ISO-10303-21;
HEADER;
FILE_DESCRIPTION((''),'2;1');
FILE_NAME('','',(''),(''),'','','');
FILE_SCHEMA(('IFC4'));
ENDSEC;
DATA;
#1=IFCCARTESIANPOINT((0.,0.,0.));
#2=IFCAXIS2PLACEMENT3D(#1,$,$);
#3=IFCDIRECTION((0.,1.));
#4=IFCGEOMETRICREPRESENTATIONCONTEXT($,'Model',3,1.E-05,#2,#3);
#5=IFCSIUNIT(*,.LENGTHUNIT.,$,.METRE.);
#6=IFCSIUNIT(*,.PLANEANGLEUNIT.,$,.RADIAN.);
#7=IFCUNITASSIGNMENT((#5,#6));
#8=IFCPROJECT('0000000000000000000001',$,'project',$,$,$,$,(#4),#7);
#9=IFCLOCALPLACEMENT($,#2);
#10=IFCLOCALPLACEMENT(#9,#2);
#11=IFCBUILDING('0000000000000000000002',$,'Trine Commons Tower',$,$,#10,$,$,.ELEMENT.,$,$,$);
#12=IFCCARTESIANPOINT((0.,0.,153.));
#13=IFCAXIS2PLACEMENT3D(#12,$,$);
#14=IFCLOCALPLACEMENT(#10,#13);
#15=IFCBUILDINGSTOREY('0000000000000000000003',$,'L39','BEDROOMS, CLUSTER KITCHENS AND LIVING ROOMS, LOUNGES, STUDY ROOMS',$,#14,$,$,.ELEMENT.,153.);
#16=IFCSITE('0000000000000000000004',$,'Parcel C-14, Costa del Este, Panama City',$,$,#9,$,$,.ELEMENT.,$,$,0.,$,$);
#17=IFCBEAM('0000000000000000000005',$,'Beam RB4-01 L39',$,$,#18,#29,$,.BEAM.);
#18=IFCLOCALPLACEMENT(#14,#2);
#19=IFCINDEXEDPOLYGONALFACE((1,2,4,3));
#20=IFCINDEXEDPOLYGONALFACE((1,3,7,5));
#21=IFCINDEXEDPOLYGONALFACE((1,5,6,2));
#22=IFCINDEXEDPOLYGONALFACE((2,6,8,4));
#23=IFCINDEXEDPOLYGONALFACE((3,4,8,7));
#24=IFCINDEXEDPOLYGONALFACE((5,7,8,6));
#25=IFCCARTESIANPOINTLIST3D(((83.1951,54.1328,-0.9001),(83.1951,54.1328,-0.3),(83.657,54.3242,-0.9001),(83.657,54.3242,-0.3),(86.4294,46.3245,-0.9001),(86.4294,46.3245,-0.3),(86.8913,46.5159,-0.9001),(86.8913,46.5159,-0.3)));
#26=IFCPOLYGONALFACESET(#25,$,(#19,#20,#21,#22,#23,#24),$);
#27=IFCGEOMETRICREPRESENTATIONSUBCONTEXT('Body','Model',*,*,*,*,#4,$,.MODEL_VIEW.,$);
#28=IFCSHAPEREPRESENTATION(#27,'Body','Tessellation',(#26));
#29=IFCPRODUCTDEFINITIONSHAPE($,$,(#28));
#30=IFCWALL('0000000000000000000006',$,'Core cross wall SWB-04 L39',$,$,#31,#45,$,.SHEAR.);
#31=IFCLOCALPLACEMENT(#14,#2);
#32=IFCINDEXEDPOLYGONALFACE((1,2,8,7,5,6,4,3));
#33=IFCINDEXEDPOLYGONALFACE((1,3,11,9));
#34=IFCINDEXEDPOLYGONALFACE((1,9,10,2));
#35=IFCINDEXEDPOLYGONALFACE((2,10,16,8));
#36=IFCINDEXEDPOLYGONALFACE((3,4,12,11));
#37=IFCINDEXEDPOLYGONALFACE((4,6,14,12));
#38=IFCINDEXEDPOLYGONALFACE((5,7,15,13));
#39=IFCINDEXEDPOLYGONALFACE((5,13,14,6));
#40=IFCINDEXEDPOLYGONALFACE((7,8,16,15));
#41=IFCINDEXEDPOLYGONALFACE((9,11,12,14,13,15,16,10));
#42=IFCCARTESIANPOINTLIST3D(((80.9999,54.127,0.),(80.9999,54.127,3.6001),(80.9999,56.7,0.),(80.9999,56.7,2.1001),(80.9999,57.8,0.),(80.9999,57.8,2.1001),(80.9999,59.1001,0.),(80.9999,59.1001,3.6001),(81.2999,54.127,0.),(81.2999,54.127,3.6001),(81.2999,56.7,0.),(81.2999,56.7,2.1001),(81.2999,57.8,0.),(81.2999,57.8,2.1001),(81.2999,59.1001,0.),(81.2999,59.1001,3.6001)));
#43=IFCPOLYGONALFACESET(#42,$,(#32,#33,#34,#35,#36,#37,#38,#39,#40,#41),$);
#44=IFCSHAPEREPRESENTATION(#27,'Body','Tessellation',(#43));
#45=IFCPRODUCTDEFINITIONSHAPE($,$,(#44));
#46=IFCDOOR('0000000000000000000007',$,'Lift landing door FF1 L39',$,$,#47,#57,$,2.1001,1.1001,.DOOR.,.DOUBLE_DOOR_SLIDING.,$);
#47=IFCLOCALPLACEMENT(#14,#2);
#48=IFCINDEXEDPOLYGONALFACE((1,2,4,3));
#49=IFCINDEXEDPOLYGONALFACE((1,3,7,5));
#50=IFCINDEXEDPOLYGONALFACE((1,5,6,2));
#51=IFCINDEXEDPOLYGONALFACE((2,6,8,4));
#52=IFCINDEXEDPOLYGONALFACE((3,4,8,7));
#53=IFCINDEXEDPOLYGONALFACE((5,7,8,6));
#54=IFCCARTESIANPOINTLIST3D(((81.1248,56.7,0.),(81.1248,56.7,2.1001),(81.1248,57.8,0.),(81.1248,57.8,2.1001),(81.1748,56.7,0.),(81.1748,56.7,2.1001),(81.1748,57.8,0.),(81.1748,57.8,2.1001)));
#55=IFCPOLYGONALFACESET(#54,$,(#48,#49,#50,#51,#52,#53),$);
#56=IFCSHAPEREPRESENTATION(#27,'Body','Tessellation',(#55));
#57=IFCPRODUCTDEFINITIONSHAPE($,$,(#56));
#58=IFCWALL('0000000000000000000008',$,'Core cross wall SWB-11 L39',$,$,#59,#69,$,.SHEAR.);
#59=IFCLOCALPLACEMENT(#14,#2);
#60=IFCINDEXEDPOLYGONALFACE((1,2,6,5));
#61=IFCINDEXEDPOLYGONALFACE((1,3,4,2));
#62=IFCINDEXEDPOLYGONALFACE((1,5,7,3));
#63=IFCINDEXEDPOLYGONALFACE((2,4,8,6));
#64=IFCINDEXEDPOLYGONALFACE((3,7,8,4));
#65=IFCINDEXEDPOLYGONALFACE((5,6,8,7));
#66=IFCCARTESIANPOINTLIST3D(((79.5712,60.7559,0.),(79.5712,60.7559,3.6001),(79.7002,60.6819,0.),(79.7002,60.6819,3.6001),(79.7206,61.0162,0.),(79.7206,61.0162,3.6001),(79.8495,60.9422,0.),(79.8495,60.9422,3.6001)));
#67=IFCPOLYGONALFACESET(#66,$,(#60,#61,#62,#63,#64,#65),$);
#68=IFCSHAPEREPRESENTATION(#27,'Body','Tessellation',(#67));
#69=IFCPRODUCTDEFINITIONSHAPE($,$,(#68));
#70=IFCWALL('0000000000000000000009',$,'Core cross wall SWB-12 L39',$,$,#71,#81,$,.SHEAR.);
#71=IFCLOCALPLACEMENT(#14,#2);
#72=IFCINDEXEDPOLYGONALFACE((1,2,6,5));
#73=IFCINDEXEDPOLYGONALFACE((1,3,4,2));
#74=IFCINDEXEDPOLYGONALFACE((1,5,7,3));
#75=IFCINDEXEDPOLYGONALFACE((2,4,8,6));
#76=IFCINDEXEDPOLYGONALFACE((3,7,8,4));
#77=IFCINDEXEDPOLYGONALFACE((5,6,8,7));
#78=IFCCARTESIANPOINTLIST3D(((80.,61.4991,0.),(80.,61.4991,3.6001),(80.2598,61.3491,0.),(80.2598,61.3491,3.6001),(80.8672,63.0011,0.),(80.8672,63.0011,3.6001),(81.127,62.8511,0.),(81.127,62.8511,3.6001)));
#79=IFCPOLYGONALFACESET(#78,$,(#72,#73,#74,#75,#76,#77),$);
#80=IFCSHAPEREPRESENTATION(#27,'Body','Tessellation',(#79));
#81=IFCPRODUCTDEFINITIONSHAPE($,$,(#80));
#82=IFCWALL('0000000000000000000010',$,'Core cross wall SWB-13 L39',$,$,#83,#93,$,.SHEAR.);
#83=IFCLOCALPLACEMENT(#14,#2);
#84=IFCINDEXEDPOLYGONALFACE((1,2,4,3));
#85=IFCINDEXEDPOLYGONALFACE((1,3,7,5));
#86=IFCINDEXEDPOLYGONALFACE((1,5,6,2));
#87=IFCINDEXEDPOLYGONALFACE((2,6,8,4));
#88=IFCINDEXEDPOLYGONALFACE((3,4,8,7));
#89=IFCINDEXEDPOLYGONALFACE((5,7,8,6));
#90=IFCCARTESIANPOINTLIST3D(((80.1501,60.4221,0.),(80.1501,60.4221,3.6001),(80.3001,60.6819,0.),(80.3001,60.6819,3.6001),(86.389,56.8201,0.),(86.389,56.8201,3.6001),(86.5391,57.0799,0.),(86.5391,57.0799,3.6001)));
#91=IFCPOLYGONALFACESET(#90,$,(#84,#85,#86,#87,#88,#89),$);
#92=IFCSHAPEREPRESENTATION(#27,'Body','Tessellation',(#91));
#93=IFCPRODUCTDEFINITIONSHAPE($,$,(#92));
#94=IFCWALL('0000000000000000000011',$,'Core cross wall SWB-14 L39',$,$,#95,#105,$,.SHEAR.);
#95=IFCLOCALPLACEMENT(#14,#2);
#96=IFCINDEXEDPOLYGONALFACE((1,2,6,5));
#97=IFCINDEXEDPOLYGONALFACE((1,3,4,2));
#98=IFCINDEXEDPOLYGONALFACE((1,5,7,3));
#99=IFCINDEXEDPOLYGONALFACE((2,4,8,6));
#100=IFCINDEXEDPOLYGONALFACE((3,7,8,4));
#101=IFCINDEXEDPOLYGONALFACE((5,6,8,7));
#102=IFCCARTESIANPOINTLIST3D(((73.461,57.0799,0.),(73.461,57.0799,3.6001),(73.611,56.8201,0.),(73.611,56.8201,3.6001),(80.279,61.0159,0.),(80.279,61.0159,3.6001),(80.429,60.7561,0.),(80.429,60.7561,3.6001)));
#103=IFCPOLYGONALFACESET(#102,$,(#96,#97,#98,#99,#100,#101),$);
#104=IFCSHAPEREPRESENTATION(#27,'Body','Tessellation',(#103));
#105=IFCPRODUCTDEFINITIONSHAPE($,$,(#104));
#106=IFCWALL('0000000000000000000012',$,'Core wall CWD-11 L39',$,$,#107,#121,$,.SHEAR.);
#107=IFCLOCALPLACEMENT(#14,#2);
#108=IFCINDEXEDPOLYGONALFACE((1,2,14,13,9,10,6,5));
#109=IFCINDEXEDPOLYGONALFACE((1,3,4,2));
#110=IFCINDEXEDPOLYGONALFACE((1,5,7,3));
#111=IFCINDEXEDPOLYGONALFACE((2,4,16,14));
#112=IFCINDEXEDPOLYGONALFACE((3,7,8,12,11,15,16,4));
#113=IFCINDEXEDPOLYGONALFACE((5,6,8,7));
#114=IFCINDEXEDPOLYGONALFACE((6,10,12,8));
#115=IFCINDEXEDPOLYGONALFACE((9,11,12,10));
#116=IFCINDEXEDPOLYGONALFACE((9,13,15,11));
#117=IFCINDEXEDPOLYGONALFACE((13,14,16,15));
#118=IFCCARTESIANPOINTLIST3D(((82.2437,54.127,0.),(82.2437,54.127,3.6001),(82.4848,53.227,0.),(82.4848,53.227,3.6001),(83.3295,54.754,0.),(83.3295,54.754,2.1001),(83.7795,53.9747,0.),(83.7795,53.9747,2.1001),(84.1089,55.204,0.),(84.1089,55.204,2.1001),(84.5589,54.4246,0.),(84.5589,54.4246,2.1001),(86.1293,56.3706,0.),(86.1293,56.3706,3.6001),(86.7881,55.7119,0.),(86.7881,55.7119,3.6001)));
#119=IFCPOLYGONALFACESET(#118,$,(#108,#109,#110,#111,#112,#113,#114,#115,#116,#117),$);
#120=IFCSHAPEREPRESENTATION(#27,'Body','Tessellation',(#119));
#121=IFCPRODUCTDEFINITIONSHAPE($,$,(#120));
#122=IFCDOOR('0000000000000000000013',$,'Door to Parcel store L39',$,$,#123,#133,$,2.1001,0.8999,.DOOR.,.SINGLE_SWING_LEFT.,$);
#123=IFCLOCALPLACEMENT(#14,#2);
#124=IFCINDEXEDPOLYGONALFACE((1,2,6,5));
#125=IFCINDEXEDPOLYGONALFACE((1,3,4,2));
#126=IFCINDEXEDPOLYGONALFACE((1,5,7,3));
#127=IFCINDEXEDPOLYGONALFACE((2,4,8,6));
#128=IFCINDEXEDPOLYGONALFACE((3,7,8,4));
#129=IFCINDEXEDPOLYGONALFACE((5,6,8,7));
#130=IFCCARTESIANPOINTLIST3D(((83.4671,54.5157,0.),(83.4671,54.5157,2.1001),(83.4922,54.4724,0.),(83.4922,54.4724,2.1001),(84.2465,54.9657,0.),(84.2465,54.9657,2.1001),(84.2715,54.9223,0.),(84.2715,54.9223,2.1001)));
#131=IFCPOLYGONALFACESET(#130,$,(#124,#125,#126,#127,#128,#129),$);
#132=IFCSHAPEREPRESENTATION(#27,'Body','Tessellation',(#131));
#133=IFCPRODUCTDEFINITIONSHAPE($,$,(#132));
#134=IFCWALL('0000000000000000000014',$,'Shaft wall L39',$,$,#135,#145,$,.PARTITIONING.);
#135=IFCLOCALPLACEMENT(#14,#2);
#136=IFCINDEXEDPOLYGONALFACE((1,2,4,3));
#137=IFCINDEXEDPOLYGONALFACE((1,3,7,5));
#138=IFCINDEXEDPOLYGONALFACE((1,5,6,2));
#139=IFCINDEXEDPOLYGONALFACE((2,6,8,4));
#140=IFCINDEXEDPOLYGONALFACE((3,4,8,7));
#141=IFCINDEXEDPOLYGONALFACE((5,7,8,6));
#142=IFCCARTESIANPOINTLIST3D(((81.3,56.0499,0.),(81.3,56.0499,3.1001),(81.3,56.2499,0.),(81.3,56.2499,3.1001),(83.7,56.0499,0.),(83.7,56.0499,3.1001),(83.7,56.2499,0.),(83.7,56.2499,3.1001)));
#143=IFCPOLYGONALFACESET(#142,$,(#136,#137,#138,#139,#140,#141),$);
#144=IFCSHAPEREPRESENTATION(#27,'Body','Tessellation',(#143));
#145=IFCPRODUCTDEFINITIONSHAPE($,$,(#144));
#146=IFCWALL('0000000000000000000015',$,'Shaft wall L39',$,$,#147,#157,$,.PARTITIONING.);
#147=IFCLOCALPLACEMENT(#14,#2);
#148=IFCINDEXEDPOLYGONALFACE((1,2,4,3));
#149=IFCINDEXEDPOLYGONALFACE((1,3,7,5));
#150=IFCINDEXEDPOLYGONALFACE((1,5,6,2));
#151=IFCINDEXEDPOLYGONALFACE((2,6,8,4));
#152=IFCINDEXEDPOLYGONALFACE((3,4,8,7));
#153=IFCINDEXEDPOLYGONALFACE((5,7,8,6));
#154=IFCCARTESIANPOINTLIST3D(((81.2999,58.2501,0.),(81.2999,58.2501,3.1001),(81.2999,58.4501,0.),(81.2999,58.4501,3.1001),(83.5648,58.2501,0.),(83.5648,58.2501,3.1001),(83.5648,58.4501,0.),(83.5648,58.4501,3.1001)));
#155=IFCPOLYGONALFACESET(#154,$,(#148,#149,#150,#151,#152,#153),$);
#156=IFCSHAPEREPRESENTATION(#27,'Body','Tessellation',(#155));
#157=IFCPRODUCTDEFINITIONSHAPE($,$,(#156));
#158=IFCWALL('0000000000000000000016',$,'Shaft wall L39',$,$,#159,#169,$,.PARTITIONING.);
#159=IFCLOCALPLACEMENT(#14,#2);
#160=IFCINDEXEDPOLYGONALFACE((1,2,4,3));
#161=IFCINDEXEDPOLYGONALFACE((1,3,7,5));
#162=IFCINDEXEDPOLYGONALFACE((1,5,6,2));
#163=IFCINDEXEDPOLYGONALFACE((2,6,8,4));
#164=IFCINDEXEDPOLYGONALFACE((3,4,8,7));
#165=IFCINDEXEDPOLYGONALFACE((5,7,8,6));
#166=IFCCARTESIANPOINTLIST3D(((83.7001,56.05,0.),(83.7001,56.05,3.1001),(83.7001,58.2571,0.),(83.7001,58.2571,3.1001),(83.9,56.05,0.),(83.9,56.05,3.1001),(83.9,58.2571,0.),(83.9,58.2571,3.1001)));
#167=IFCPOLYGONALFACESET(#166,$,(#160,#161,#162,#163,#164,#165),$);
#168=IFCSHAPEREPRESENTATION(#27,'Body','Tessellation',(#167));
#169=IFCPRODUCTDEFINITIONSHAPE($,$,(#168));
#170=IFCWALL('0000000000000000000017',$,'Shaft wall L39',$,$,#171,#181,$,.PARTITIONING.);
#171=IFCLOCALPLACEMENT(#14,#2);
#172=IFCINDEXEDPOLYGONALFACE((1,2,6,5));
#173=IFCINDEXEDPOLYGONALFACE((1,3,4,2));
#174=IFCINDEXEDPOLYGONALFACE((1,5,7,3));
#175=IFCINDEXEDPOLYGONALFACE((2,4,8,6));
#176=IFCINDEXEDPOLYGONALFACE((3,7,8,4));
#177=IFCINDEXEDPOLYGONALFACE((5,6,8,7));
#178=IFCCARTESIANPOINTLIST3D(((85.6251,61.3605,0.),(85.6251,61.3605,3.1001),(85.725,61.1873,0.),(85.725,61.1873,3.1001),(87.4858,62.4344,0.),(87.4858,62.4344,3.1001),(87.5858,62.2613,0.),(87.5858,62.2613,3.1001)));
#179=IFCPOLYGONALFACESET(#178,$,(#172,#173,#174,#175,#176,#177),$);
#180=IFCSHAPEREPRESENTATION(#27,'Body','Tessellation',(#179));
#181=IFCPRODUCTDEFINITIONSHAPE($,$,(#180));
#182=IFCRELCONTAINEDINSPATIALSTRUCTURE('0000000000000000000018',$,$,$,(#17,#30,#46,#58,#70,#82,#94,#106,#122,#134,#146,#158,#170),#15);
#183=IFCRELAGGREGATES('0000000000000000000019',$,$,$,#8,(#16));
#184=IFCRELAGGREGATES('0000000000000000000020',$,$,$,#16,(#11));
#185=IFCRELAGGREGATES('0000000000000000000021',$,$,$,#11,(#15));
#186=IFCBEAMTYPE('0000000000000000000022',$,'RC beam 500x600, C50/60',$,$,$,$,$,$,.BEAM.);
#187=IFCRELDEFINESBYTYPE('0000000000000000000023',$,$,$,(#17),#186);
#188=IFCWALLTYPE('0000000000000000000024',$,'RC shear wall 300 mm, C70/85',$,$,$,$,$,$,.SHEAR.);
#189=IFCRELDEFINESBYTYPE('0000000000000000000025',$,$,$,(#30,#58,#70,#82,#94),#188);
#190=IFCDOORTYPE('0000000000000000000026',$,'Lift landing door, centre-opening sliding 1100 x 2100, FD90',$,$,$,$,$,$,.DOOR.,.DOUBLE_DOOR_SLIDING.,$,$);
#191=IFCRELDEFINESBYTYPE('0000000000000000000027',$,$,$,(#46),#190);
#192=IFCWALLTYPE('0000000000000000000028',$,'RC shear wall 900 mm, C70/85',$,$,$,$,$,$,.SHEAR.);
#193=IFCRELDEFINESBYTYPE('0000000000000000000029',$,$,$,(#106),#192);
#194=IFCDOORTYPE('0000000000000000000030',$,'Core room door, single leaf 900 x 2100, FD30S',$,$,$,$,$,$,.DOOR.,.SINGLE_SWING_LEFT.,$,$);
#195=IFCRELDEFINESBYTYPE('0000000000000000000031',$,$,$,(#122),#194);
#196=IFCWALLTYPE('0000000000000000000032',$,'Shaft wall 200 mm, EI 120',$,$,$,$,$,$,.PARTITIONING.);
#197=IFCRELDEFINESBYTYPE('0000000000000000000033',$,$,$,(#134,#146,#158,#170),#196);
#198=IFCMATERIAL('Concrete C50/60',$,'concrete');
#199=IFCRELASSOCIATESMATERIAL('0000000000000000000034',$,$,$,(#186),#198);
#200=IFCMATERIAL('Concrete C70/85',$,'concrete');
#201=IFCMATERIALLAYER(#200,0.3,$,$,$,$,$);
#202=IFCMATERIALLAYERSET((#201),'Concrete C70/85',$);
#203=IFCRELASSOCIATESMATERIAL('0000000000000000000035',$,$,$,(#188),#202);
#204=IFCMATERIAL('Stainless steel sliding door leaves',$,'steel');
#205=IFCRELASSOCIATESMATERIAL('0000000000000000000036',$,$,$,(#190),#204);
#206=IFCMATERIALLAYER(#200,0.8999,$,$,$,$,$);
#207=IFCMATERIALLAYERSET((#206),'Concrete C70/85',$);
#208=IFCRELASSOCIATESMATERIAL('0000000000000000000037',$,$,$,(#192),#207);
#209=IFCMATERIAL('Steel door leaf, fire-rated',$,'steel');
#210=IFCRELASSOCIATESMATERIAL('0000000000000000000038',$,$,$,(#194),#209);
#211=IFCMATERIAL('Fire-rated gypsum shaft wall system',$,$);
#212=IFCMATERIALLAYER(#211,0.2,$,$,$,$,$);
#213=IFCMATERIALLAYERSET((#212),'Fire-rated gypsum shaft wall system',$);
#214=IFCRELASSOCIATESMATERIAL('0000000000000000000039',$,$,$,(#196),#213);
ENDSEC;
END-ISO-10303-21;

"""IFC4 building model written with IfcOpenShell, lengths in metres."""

from ifc_helpers import new_model, si_unit, direction, frame, frame_2d, origin, origin_2d, place, context, subcontext, project, spatial, polyline, rectangle, outline, extrude, material, layer, layer_set, material_profile, profile_set, type_object, element, fill, save


model = new_model("IFC4")

# Units and contexts
model_context = context("Model", 3, precision=1e-05, world=origin(), true_north=direction((0.0, 1.0)))
body_context = subcontext(model_context, "Body", "Model", "MODEL_VIEW")
ifc_project = project(units=[si_unit("LENGTHUNIT", "METRE"), si_unit("PLANEANGLEUNIT", "RADIAN")], contexts=[model_context])

# Site, building, storey
site_placement = place(None, origin())
site = spatial("IfcSite", under=ifc_project, at=site_placement, Name="Parcel C-14, Costa del Este, Panama City", CompositionType="ELEMENT", RefElevation=0.0)
building_placement = place(site_placement, origin())
building = spatial("IfcBuilding", under=site, at=building_placement, Name="Trine Commons Tower", CompositionType="ELEMENT")
storey_placement = place(building_placement, frame((0.0, 0.0, 153.0)))
storey = spatial("IfcBuildingStorey", under=building, at=storey_placement, Name="L39", Description="BEDROOMS, CLUSTER KITCHENS AND LIVING ROOMS, LOUNGES, STUDY ROOMS", CompositionType="ELEMENT", Elevation=153.0)

# Beam
ifc_material_1 = material(Name="Concrete C50/60", Category="concrete")
ifc_material_profile = material_profile(ifc_material_1, rectangle(XDim=0.5, YDim=0.6001, at=origin_2d()), Name="RC 500x600")
ifc_profile_set = profile_set([ifc_material_profile], Name="Concrete C50/60")
beam_type = type_object("IfcBeamType", Name="RC beam 500x600, C50/60", PredefinedType="BEAM", material=ifc_profile_set)
beam_placement = place(storey_placement, frame((83.426, 54.2285, -0.6001), z_axis=(0.382689, -0.923877, 0.0), x_axis=(0.923877, 0.382689, 0.0)))
element("IfcBeam", 1, at=beam_placement, inside=storey, type_object=beam_type, Name="Beam RB4-01 L39", PredefinedType="BEAM", context=body_context, shape_type="SweptSolid", body=[
    extrude(rectangle(XDim=0.5, YDim=0.6001, at=origin_2d()), origin(), (0.0, 0.0, 1.0), 8.4517),
])

# Wall, opening, door
ifc_material_2 = material(Name="Concrete C70/85", Category="concrete")
ifc_layer_1 = layer(ifc_material_2, 0.3)
ifc_layer_set_1 = layer_set([ifc_layer_1], Name="Concrete C70/85")
wall_type_1 = type_object("IfcWallType", Name="RC shear wall 300 mm, C70/85", PredefinedType="SHEAR", material=ifc_layer_set_1)
wall_1_placement = place(storey_placement, frame((81.1499, 59.1001, 0.0), z_axis=(0.0, 0.0, 1.0), x_axis=(0.0, -1.0, 0.0)))
wall_1 = element("IfcWall", 2, at=wall_1_placement, inside=storey, type_object=wall_type_1, Name="Core cross wall SWB-04 L39", PredefinedType="SHEAR", context=body_context, shape_type="SweptSolid", body=[
    extrude(rectangle(XDim=4.9731, YDim=0.3, at=frame_2d((2.4866, 0.0))), origin(), (0.0, 0.0, 1.0), 3.6001),
])
opening_1_placement = place(wall_1_placement, frame((1.3, 0.0, 0.0)))
opening_1 = element("IfcOpeningElement", 3, at=opening_1_placement, cuts=wall_1, PredefinedType="OPENING", context=body_context, shape_type="SweptSolid", body=[
    extrude(rectangle(XDim=1.1001, YDim=2.1001, at=frame_2d((0.55, 1.05))), frame((0.0, 0.1599, 0.0), z_axis=(0.0, -1.0, 0.0), x_axis=(1.0, 0.0, 0.0)), (0.0, 0.0, 1.0), 0.3201),
])
ifc_material_3 = material(Name="Stainless steel sliding door leaves", Category="steel")
door_type_1 = type_object("IfcDoorType", Name="Lift landing door, centre-opening sliding 1100 x 2100, FD90", OperationType="DOUBLE_DOOR_SLIDING", PredefinedType="DOOR", material=ifc_material_3)
door_1_placement = place(opening_1_placement, origin())
door_1 = element("IfcDoor", 4, at=door_1_placement, inside=storey, type_object=door_type_1, Name="Lift landing door FF1 L39", OperationType="DOUBLE_DOOR_SLIDING", OverallHeight=2.1001, OverallWidth=1.1001, PredefinedType="DOOR", context=body_context, shape_type="SweptSolid", body=[
    extrude(rectangle(XDim=1.1001, YDim=2.1001, at=frame_2d((0.55, 1.05))), frame((0.0, 0.0249, 0.0), z_axis=(0.0, -1.0, 0.0), x_axis=(1.0, 0.0, 0.0)), (0.0, 0.0, 1.0), 0.05),
])
fill(opening_1, door_1)

# Walls
wall_2_placement = place(storey_placement, frame((79.646, 60.886, 0.0), z_axis=(0.0, 0.0, 1.0), x_axis=(0.867332, -0.49773, 0.0)))
element("IfcWall", 5, at=wall_2_placement, inside=storey, type_object=wall_type_1, Name="Core cross wall SWB-11 L39", PredefinedType="SHEAR", context=body_context, shape_type="SweptSolid", body=[
    extrude(rectangle(XDim=0.1487, YDim=0.3, at=frame_2d((0.0742, 0.0))), origin(), (0.0, 0.0, 1.0), 3.6001),
])
wall_3_placement = place(storey_placement, frame((80.1299, 61.4241, 0.0), z_axis=(0.0, 0.0, 1.0), x_axis=(0.500015, 0.866017, 0.0)))
element("IfcWall", 6, at=wall_3_placement, inside=storey, type_object=wall_type_1, Name="Core cross wall SWB-12 L39", PredefinedType="SHEAR", context=body_context, shape_type="SweptSolid", body=[
    extrude(rectangle(XDim=1.7344, YDim=0.3, at=frame_2d((0.8672, 0.0))), origin(), (0.0, 0.0, 1.0), 3.6001),
])
wall_4_placement = place(storey_placement, frame((80.2251, 60.552, 0.0), z_axis=(0.0, 0.0, 1.0), x_axis=(0.866028, -0.499995, 0.0)))
element("IfcWall", 7, at=wall_4_placement, inside=storey, type_object=wall_type_1, Name="Core cross wall SWB-13 L39", PredefinedType="SHEAR", context=body_context, shape_type="SweptSolid", body=[
    extrude(rectangle(XDim=7.2041, YDim=0.3, at=frame_2d((3.6021, 0.0))), origin(), (0.0, 0.0, 1.0), 3.6001),
])
wall_5_placement = place(storey_placement, frame((80.354, 60.886, 0.0), z_axis=(0.0, 0.0, 1.0), x_axis=(-0.866048, -0.499961, 0.0)))
element("IfcWall", 8, at=wall_5_placement, inside=storey, type_object=wall_type_1, Name="Core cross wall SWB-14 L39", PredefinedType="SHEAR", context=body_context, shape_type="SweptSolid", body=[
    extrude(rectangle(XDim=7.8726, YDim=0.3, at=frame_2d((3.9363, 0.0))), origin(), (0.0, 0.0, 1.0), 3.6001),
])

# Wall, opening, door
ifc_layer_2 = layer(ifc_material_2, 0.8999)
ifc_layer_set_2 = layer_set([ifc_layer_2], Name="Concrete C70/85")
wall_type_2 = type_object("IfcWallType", Name="RC shear wall 900 mm, C70/85", PredefinedType="SHEAR", material=ifc_layer_set_2)
wall_6_placement = place(storey_placement, frame((82.2598, 53.6167, 0.0), z_axis=(0.0, 0.0, 1.0), x_axis=(0.866003, 0.500039, 0.0)))
wall_6 = element("IfcWall", 9, at=wall_6_placement, inside=storey, type_object=wall_type_2, Name="Core wall CWD-11 L39", PredefinedType="SHEAR", context=body_context, shape_type="SweptSolid", body=[
    extrude(outline(polyline([(0.0, -0.45), (4.9692, -0.45), (4.728, 0.45), (0.2412, 0.45), (0.0, -0.45)])), origin(), (0.0, 0.0, 1.0), 3.6001),
])
opening_2_placement = place(wall_6_placement, frame((1.4951, 0.0, 0.0)))
opening_2 = element("IfcOpeningElement", 10, at=opening_2_placement, cuts=wall_6, PredefinedType="OPENING", context=body_context, shape_type="SweptSolid", body=[
    extrude(rectangle(XDim=0.8999, YDim=2.1001, at=frame_2d((0.45, 1.05))), frame((0.0, 0.46, 0.0), z_axis=(0.0, -1.0, 0.0), x_axis=(1.0, 0.0, 0.0)), (0.0, 0.0, 1.0), 0.9199),
])
ifc_material_4 = material(Name="Steel door leaf, fire-rated", Category="steel")
door_type_2 = type_object("IfcDoorType", Name="Core room door, single leaf 900 x 2100, FD30S", OperationType="SINGLE_SWING_LEFT", PredefinedType="DOOR", material=ifc_material_4)
door_2_placement = place(opening_2_placement, origin())
door_2 = element("IfcDoor", 11, at=door_2_placement, inside=storey, type_object=door_type_2, Name="Door to Parcel store L39", OperationType="SINGLE_SWING_LEFT", OverallHeight=2.1001, OverallWidth=0.8999, PredefinedType="DOOR", context=body_context, shape_type="SweptSolid", body=[
    extrude(rectangle(XDim=0.8999, YDim=2.1001, at=frame_2d((0.45, 1.05))), frame((0.0, 0.1748, 0.0), z_axis=(0.0, -1.0, 0.0), x_axis=(1.0, 0.0, 0.0)), (0.0, 0.0, 1.0), 0.05),
])
fill(opening_2, door_2)

# Walls
ifc_material_5 = material(Name="Fire-rated gypsum shaft wall system")
ifc_layer_3 = layer(ifc_material_5, 0.2)
ifc_layer_set_3 = layer_set([ifc_layer_3], Name="Fire-rated gypsum shaft wall system")
wall_type_3 = type_object("IfcWallType", Name="Shaft wall 200 mm, EI 120", PredefinedType="PARTITIONING", material=ifc_layer_set_3)
wall_7_placement = place(storey_placement, frame((81.3, 56.1499, 0.0), z_axis=(0.0, 0.0, 1.0), x_axis=(1.0, 0.0, 0.0)))
element("IfcWall", 12, at=wall_7_placement, inside=storey, type_object=wall_type_3, Name="Shaft wall L39", PredefinedType="PARTITIONING", context=body_context, shape_type="SweptSolid", body=[
    extrude(rectangle(XDim=2.3999, YDim=0.2, at=frame_2d((1.2, 0.0))), origin(), (0.0, 0.0, 1.0), 3.1001),
])
wall_8_placement = place(storey_placement, frame((81.3, 58.3501, 0.0), z_axis=(0.0, 0.0, 1.0), x_axis=(1.0, 0.0, 0.0)))
element("IfcWall", 13, at=wall_8_placement, inside=storey, type_object=wall_type_3, Name="Shaft wall L39", PredefinedType="PARTITIONING", context=body_context, shape_type="SweptSolid", body=[
    extrude(rectangle(XDim=2.2649, YDim=0.2, at=frame_2d((1.1323, 0.0))), origin(), (0.0, 0.0, 1.0), 3.1001),
])
wall_9_placement = place(storey_placement, frame((83.8, 58.2571, 0.0), z_axis=(0.0, 0.0, 1.0), x_axis=(0.0, -1.0, 0.0)))
element("IfcWall", 14, at=wall_9_placement, inside=storey, type_object=wall_type_3, Name="Shaft wall L39", PredefinedType="PARTITIONING", context=body_context, shape_type="SweptSolid", body=[
    extrude(rectangle(XDim=2.207, YDim=0.2, at=frame_2d((1.1035, 0.0))), origin(), (0.0, 0.0, 1.0), 3.1001),
])
wall_10_placement = place(storey_placement, frame((85.675, 61.2739, 0.0), z_axis=(0.0, 0.0, 1.0), x_axis=(0.866102, 0.499867, 0.0)))
element("IfcWall", 15, at=wall_10_placement, inside=storey, type_object=wall_type_3, Name="Shaft wall L39", PredefinedType="PARTITIONING", context=body_context, shape_type="SweptSolid", body=[
    extrude(rectangle(XDim=2.1484, YDim=0.2, at=frame_2d((1.0742, 0.0))), origin(), (0.0, 0.0, 1.0), 3.1001),
])

save(model, "model.ifc")
